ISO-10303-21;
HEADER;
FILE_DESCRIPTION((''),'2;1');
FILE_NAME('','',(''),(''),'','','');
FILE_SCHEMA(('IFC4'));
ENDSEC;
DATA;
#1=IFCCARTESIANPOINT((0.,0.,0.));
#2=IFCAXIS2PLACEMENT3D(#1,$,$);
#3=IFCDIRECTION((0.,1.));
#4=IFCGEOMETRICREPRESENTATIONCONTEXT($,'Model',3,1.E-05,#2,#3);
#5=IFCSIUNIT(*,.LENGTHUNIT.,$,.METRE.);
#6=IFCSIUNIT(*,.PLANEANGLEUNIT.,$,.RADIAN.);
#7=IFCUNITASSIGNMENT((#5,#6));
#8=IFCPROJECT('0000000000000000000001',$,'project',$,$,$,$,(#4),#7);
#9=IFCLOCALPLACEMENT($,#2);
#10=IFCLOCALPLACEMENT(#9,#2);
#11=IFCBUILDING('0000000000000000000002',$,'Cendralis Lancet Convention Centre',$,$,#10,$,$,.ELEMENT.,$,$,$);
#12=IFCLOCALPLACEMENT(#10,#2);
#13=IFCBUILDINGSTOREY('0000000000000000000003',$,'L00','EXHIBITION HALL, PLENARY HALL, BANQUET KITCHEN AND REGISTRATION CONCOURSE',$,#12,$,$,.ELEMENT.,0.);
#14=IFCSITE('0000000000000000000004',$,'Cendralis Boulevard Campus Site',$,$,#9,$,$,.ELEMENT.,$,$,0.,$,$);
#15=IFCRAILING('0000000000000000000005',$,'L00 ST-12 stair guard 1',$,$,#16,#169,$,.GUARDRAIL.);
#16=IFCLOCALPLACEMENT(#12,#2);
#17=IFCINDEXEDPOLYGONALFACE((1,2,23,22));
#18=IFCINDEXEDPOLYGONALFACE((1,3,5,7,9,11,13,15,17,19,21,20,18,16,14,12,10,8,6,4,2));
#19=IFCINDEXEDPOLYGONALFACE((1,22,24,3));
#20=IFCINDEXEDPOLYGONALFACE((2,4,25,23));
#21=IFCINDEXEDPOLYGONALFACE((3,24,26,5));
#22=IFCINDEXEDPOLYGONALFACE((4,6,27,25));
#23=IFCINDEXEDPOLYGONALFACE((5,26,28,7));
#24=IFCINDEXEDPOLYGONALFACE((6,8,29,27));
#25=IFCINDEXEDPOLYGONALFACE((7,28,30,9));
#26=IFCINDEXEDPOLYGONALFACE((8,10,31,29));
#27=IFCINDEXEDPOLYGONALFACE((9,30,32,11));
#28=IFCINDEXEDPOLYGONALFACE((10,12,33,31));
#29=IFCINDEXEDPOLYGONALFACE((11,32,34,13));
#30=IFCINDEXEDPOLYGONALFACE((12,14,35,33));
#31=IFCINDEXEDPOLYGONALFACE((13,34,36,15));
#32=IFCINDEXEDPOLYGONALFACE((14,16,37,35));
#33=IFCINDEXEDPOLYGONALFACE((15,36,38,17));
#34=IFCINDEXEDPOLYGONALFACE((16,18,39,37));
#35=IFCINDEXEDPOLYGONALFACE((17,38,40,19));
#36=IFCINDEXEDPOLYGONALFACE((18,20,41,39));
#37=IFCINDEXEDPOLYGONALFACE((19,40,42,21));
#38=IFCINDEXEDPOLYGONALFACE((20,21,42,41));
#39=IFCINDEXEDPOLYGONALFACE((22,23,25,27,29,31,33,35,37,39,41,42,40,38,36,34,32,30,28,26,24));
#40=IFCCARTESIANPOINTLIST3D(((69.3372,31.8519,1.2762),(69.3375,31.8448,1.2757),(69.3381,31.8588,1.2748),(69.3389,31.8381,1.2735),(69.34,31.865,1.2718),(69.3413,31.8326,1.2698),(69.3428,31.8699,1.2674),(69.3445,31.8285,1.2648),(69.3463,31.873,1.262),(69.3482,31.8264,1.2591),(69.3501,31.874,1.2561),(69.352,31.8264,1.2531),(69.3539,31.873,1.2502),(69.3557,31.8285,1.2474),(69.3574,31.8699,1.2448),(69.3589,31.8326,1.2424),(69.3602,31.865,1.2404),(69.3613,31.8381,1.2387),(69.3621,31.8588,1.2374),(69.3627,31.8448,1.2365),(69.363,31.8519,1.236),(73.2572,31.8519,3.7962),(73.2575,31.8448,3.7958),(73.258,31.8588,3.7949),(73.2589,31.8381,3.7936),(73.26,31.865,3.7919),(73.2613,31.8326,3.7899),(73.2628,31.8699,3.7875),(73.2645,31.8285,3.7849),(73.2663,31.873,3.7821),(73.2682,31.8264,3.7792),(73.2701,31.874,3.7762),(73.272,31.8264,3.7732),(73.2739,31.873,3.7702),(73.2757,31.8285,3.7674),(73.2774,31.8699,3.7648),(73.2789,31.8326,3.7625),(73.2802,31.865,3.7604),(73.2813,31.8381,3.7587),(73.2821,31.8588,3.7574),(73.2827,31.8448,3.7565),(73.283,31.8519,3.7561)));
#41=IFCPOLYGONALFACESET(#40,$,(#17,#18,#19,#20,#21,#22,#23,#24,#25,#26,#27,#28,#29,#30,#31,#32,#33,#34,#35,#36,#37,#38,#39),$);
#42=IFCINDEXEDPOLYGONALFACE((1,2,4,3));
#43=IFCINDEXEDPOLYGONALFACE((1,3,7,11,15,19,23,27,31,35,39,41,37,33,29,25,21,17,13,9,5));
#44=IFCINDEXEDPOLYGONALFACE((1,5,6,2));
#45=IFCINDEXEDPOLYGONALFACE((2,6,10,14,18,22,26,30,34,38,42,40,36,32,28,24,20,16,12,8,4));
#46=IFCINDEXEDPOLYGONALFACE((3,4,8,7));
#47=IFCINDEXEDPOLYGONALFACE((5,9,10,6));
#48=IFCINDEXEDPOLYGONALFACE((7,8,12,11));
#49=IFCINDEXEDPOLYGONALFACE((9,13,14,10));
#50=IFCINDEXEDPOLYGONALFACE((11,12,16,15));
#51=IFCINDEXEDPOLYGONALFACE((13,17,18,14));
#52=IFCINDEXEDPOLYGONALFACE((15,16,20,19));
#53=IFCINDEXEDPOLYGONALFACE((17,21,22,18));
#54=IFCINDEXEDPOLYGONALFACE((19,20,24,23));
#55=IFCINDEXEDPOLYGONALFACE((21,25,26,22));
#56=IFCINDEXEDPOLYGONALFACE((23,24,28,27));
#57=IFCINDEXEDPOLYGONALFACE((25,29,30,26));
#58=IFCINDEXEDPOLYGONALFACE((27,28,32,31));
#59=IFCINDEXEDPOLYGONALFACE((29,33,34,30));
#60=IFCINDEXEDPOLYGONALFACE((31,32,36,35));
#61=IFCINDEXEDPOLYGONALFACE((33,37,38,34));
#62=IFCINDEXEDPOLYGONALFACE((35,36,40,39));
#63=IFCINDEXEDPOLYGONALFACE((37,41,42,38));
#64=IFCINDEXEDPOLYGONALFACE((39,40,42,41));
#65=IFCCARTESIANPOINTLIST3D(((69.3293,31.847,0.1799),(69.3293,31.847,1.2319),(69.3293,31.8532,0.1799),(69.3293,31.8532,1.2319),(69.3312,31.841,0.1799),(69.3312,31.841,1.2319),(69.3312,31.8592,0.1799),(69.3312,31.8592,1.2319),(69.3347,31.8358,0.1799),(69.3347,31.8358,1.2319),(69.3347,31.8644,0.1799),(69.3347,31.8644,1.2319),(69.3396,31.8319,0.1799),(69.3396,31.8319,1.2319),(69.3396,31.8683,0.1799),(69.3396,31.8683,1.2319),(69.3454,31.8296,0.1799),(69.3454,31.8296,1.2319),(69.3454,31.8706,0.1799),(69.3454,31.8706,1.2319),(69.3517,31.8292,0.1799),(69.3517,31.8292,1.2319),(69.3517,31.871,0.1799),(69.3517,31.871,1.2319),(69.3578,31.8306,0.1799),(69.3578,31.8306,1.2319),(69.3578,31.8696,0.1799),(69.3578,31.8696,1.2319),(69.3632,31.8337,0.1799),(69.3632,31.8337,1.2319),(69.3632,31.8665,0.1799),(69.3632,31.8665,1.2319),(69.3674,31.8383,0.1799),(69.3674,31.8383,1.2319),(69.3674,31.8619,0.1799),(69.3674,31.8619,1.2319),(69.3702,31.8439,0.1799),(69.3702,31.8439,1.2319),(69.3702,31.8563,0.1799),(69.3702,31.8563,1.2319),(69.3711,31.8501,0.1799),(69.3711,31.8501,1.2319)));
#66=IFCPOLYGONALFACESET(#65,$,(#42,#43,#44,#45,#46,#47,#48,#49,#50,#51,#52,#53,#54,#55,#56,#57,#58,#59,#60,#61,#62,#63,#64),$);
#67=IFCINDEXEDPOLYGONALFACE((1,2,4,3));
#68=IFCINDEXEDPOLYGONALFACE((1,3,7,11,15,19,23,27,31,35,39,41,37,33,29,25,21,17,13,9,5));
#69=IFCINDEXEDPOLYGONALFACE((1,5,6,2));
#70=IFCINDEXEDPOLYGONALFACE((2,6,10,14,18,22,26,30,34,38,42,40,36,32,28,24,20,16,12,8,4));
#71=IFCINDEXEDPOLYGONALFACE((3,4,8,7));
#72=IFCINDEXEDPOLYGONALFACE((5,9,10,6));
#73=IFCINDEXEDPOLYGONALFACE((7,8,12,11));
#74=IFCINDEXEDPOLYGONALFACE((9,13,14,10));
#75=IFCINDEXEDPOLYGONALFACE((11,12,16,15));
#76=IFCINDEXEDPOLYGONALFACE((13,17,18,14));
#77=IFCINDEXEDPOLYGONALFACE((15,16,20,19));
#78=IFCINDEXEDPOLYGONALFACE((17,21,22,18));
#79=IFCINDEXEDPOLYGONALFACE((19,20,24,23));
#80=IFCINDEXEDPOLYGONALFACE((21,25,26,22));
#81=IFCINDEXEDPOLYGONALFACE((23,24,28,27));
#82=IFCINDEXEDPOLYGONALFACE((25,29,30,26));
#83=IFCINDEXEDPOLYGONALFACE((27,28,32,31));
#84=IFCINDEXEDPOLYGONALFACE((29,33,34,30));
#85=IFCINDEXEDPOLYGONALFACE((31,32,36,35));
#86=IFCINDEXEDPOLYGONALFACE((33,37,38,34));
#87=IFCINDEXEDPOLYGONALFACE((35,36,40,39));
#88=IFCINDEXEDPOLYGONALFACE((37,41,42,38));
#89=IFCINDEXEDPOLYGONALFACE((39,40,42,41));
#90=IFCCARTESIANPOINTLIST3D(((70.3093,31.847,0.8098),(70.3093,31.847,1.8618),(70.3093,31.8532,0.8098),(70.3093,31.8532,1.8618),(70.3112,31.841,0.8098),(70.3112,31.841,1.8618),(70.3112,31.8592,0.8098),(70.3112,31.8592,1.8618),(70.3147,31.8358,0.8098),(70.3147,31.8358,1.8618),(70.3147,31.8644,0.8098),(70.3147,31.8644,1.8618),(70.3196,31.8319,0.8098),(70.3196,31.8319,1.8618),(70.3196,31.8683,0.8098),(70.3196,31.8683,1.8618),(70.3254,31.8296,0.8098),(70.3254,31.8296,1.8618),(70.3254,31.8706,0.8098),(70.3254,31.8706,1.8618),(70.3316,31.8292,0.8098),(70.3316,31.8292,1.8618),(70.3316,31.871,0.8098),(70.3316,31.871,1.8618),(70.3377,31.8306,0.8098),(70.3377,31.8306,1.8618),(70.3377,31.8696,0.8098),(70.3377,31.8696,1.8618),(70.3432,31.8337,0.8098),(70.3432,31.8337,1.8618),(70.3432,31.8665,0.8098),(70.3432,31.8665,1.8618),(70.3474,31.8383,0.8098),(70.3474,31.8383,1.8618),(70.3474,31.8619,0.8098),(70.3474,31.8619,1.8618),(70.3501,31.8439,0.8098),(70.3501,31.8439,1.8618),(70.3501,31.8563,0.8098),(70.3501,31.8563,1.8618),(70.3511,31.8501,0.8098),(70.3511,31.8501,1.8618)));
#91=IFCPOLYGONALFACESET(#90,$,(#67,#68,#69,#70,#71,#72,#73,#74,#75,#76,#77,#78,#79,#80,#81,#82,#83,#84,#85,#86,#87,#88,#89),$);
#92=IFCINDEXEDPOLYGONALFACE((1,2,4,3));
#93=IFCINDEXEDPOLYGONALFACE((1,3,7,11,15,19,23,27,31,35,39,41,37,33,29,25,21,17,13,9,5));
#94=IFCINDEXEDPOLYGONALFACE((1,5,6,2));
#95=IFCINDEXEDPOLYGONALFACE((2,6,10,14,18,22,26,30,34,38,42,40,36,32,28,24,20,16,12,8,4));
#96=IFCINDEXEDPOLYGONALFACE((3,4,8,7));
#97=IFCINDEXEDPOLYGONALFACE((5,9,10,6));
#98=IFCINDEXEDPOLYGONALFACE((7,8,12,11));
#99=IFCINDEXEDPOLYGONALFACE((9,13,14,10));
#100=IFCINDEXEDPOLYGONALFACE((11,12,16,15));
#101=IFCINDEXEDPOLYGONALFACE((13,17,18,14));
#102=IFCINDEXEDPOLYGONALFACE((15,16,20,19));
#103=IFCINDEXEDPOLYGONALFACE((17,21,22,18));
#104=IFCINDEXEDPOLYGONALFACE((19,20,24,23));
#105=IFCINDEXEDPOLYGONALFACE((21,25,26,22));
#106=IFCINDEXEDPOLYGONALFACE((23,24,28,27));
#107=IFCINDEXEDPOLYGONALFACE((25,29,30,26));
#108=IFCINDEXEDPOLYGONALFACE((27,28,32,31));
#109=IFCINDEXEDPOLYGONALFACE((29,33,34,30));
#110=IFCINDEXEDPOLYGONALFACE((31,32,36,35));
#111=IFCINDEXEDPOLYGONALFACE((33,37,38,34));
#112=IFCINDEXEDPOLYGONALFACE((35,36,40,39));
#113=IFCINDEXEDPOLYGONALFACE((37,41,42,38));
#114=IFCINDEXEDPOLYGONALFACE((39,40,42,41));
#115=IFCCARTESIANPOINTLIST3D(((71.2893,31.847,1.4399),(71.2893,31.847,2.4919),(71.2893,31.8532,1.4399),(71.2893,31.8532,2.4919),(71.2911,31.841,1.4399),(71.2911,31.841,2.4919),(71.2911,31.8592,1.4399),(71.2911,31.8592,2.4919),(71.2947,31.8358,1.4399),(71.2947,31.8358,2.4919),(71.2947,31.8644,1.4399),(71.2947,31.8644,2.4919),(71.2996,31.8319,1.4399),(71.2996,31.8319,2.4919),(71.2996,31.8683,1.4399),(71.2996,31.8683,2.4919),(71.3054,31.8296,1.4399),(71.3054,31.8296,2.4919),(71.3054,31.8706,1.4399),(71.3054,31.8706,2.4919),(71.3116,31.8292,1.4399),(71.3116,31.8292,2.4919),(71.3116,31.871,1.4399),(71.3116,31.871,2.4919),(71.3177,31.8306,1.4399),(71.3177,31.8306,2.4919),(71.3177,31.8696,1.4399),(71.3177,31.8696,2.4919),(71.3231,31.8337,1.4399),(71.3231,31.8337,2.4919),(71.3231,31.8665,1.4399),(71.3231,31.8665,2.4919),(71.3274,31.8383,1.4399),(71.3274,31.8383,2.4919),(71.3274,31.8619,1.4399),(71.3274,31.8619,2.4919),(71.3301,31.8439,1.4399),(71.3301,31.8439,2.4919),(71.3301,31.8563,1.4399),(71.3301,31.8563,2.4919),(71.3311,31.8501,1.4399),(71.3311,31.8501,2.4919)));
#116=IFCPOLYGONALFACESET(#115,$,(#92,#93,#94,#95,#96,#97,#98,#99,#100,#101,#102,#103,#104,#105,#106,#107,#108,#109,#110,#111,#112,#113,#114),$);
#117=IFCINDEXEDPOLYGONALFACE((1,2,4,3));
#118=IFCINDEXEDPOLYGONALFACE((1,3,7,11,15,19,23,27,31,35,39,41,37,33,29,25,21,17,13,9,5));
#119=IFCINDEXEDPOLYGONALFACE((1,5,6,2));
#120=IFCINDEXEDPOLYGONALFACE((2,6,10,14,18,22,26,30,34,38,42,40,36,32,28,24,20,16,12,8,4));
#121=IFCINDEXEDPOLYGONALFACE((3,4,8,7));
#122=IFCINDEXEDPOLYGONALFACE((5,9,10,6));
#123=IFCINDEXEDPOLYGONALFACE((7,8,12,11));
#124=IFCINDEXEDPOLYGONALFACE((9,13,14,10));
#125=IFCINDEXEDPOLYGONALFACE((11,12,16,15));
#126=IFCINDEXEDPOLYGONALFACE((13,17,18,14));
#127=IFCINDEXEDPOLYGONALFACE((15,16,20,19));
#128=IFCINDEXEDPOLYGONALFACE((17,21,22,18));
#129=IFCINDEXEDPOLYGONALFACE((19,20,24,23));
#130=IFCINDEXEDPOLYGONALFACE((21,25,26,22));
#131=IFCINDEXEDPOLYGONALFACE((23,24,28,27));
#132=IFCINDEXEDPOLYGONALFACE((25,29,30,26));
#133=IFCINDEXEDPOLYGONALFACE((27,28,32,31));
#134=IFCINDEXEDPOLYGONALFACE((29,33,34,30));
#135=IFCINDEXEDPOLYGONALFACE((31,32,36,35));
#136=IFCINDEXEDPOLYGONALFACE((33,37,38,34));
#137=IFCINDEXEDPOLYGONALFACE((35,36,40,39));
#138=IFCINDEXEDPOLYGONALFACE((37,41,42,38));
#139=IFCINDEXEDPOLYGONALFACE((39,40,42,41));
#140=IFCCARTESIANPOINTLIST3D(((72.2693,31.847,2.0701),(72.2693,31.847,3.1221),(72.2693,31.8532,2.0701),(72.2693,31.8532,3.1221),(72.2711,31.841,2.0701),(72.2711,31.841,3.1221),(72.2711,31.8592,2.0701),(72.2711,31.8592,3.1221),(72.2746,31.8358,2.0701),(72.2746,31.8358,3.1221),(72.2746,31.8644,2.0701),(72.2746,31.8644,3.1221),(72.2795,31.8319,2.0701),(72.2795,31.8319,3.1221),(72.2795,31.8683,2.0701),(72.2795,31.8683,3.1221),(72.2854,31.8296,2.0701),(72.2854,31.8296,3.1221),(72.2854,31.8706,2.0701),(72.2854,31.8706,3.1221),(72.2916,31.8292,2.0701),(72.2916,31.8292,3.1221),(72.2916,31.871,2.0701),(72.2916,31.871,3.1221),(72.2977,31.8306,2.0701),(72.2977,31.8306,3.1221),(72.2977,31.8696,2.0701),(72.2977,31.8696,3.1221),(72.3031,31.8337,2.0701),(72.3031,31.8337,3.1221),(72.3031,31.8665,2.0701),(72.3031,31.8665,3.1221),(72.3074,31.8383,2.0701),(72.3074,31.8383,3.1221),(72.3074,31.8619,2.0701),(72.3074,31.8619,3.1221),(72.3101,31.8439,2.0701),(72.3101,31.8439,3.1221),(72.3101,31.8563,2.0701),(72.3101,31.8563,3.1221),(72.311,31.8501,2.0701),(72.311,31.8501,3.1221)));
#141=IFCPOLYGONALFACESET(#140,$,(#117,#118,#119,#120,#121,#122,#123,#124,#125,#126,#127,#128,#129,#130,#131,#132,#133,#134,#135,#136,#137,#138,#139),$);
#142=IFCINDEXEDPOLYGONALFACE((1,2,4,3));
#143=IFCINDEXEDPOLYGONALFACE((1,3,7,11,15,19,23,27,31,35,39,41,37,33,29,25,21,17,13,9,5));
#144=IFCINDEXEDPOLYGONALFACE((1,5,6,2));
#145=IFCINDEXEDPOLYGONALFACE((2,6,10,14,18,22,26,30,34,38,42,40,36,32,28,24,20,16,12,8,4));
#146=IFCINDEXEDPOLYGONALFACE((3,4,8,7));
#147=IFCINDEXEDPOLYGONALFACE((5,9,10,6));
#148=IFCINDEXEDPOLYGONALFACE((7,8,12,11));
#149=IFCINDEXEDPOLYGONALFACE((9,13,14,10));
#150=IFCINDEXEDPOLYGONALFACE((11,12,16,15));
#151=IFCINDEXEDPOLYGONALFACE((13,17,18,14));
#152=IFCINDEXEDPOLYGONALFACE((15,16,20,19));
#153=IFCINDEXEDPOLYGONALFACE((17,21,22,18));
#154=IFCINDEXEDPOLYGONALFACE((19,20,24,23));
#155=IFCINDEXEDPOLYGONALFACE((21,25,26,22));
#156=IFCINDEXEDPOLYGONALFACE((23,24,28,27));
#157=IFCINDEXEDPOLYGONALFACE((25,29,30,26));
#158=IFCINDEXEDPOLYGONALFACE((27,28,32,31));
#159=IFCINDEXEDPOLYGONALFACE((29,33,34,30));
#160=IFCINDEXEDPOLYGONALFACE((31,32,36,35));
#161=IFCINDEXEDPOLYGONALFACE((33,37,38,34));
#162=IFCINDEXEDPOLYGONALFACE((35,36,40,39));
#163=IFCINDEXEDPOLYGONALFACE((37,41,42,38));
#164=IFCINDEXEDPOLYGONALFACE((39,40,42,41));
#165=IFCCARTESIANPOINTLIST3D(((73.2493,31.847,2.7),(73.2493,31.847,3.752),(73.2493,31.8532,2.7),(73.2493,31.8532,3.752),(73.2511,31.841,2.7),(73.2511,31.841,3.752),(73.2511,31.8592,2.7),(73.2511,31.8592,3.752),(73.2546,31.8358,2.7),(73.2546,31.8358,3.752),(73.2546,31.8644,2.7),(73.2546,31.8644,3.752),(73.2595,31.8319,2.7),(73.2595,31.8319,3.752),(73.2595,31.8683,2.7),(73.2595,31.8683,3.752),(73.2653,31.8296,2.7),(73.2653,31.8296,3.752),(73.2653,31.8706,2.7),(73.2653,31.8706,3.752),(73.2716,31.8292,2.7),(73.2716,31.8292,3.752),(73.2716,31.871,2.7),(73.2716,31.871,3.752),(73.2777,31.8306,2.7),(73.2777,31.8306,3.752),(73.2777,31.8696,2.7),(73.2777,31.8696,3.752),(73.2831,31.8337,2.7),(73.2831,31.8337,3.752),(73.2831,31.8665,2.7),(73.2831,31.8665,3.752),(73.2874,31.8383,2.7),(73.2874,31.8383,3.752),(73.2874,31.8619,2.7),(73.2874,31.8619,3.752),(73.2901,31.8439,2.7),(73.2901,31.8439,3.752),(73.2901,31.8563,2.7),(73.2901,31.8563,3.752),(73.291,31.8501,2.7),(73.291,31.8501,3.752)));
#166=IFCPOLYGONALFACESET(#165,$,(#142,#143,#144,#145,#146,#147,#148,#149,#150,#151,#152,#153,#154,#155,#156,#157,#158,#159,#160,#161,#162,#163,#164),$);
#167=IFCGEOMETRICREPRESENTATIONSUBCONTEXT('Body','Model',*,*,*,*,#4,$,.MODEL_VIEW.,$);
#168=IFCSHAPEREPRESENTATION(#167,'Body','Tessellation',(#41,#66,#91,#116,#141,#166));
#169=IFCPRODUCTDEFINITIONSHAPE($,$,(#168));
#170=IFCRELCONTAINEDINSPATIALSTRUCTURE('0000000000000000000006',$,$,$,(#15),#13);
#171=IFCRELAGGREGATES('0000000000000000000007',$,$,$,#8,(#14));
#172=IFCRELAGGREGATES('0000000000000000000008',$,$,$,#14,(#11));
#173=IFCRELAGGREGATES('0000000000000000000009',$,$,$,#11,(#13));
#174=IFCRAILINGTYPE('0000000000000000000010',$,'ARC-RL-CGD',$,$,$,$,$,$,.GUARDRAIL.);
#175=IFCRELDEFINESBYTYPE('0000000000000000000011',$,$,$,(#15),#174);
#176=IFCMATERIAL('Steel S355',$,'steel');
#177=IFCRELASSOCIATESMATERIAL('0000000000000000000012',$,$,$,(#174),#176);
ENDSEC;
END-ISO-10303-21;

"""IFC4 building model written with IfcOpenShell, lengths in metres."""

from ifc_helpers import new_model, si_unit, direction, frame, origin, origin_2d, place, context, subcontext, project, spatial, circle, extrude, material, type_object, element, save


model = new_model("IFC4")

# Units and contexts
model_context = context("Model", 3, precision=1e-05, world=origin(), true_north=direction((0.0, 1.0)))
body_context = subcontext(model_context, "Body", "Model", "MODEL_VIEW")
ifc_project = project(units=[si_unit("LENGTHUNIT", "METRE"), si_unit("PLANEANGLEUNIT", "RADIAN")], contexts=[model_context])

# Site, building, storey
site_placement = place(None, origin())
site = spatial("IfcSite", under=ifc_project, at=site_placement, Name="Cendralis Boulevard Campus Site", CompositionType="ELEMENT", RefElevation=0.0)
building_placement = place(site_placement, origin())
building = spatial("IfcBuilding", under=site, at=building_placement, Name="Cendralis Lancet Convention Centre", CompositionType="ELEMENT")
storey_placement = place(building_placement, origin())
storey = spatial("IfcBuildingStorey", under=building, at=storey_placement, Name="L00", Description="EXHIBITION HALL, PLENARY HALL, BANQUET KITCHEN AND REGISTRATION CONCOURSE", CompositionType="ELEMENT", Elevation=0.0)

# Shared definitions
ifc_material_1 = material(Name="Steel S355", Category="steel")

# Railing
railing_type_1 = type_object("IfcRailingType", Name="ARC-RL-CGD", PredefinedType="GUARDRAIL", material=ifc_material_1)
railing_1_placement = place(storey_placement, frame((69.3501, 31.8501, 0.1799)))
element("IfcRailing", 1, at=railing_1_placement, inside=storey, type_object=railing_type_1, Name="L00 ST-12 stair guard 1", PredefinedType="GUARDRAIL", context=body_context, shape_type="SweptSolid", body=[
    extrude(circle(Radius=0.0239, at=origin_2d()), frame((0.0, 0.0, 1.0762), z_axis=(0.841172, 0.0, 0.540768), x_axis=(0.0, 1.0, 0.0)), (0.0, 0.0, 1.0), 4.6602),
    extrude(circle(Radius=0.021, at=origin_2d()), origin(), (0.0, 0.0, 1.0), 1.052),
    extrude(circle(Radius=0.021, at=origin_2d()), frame((0.98, 0.0, 0.6299)), (0.0, 0.0, 1.0), 1.052),
    extrude(circle(Radius=0.021, at=origin_2d()), frame((1.96, 0.0, 1.26)), (0.0, 0.0, 1.0), 1.052),
    extrude(circle(Radius=0.021, at=origin_2d()), frame((2.9399, 0.0, 1.8901)), (0.0, 0.0, 1.0), 1.052),
    extrude(circle(Radius=0.021, at=origin_2d()), frame((3.9199, 0.0, 2.52)), (0.0, 0.0, 1.0), 1.052),
])

save(model, "model.ifc")
